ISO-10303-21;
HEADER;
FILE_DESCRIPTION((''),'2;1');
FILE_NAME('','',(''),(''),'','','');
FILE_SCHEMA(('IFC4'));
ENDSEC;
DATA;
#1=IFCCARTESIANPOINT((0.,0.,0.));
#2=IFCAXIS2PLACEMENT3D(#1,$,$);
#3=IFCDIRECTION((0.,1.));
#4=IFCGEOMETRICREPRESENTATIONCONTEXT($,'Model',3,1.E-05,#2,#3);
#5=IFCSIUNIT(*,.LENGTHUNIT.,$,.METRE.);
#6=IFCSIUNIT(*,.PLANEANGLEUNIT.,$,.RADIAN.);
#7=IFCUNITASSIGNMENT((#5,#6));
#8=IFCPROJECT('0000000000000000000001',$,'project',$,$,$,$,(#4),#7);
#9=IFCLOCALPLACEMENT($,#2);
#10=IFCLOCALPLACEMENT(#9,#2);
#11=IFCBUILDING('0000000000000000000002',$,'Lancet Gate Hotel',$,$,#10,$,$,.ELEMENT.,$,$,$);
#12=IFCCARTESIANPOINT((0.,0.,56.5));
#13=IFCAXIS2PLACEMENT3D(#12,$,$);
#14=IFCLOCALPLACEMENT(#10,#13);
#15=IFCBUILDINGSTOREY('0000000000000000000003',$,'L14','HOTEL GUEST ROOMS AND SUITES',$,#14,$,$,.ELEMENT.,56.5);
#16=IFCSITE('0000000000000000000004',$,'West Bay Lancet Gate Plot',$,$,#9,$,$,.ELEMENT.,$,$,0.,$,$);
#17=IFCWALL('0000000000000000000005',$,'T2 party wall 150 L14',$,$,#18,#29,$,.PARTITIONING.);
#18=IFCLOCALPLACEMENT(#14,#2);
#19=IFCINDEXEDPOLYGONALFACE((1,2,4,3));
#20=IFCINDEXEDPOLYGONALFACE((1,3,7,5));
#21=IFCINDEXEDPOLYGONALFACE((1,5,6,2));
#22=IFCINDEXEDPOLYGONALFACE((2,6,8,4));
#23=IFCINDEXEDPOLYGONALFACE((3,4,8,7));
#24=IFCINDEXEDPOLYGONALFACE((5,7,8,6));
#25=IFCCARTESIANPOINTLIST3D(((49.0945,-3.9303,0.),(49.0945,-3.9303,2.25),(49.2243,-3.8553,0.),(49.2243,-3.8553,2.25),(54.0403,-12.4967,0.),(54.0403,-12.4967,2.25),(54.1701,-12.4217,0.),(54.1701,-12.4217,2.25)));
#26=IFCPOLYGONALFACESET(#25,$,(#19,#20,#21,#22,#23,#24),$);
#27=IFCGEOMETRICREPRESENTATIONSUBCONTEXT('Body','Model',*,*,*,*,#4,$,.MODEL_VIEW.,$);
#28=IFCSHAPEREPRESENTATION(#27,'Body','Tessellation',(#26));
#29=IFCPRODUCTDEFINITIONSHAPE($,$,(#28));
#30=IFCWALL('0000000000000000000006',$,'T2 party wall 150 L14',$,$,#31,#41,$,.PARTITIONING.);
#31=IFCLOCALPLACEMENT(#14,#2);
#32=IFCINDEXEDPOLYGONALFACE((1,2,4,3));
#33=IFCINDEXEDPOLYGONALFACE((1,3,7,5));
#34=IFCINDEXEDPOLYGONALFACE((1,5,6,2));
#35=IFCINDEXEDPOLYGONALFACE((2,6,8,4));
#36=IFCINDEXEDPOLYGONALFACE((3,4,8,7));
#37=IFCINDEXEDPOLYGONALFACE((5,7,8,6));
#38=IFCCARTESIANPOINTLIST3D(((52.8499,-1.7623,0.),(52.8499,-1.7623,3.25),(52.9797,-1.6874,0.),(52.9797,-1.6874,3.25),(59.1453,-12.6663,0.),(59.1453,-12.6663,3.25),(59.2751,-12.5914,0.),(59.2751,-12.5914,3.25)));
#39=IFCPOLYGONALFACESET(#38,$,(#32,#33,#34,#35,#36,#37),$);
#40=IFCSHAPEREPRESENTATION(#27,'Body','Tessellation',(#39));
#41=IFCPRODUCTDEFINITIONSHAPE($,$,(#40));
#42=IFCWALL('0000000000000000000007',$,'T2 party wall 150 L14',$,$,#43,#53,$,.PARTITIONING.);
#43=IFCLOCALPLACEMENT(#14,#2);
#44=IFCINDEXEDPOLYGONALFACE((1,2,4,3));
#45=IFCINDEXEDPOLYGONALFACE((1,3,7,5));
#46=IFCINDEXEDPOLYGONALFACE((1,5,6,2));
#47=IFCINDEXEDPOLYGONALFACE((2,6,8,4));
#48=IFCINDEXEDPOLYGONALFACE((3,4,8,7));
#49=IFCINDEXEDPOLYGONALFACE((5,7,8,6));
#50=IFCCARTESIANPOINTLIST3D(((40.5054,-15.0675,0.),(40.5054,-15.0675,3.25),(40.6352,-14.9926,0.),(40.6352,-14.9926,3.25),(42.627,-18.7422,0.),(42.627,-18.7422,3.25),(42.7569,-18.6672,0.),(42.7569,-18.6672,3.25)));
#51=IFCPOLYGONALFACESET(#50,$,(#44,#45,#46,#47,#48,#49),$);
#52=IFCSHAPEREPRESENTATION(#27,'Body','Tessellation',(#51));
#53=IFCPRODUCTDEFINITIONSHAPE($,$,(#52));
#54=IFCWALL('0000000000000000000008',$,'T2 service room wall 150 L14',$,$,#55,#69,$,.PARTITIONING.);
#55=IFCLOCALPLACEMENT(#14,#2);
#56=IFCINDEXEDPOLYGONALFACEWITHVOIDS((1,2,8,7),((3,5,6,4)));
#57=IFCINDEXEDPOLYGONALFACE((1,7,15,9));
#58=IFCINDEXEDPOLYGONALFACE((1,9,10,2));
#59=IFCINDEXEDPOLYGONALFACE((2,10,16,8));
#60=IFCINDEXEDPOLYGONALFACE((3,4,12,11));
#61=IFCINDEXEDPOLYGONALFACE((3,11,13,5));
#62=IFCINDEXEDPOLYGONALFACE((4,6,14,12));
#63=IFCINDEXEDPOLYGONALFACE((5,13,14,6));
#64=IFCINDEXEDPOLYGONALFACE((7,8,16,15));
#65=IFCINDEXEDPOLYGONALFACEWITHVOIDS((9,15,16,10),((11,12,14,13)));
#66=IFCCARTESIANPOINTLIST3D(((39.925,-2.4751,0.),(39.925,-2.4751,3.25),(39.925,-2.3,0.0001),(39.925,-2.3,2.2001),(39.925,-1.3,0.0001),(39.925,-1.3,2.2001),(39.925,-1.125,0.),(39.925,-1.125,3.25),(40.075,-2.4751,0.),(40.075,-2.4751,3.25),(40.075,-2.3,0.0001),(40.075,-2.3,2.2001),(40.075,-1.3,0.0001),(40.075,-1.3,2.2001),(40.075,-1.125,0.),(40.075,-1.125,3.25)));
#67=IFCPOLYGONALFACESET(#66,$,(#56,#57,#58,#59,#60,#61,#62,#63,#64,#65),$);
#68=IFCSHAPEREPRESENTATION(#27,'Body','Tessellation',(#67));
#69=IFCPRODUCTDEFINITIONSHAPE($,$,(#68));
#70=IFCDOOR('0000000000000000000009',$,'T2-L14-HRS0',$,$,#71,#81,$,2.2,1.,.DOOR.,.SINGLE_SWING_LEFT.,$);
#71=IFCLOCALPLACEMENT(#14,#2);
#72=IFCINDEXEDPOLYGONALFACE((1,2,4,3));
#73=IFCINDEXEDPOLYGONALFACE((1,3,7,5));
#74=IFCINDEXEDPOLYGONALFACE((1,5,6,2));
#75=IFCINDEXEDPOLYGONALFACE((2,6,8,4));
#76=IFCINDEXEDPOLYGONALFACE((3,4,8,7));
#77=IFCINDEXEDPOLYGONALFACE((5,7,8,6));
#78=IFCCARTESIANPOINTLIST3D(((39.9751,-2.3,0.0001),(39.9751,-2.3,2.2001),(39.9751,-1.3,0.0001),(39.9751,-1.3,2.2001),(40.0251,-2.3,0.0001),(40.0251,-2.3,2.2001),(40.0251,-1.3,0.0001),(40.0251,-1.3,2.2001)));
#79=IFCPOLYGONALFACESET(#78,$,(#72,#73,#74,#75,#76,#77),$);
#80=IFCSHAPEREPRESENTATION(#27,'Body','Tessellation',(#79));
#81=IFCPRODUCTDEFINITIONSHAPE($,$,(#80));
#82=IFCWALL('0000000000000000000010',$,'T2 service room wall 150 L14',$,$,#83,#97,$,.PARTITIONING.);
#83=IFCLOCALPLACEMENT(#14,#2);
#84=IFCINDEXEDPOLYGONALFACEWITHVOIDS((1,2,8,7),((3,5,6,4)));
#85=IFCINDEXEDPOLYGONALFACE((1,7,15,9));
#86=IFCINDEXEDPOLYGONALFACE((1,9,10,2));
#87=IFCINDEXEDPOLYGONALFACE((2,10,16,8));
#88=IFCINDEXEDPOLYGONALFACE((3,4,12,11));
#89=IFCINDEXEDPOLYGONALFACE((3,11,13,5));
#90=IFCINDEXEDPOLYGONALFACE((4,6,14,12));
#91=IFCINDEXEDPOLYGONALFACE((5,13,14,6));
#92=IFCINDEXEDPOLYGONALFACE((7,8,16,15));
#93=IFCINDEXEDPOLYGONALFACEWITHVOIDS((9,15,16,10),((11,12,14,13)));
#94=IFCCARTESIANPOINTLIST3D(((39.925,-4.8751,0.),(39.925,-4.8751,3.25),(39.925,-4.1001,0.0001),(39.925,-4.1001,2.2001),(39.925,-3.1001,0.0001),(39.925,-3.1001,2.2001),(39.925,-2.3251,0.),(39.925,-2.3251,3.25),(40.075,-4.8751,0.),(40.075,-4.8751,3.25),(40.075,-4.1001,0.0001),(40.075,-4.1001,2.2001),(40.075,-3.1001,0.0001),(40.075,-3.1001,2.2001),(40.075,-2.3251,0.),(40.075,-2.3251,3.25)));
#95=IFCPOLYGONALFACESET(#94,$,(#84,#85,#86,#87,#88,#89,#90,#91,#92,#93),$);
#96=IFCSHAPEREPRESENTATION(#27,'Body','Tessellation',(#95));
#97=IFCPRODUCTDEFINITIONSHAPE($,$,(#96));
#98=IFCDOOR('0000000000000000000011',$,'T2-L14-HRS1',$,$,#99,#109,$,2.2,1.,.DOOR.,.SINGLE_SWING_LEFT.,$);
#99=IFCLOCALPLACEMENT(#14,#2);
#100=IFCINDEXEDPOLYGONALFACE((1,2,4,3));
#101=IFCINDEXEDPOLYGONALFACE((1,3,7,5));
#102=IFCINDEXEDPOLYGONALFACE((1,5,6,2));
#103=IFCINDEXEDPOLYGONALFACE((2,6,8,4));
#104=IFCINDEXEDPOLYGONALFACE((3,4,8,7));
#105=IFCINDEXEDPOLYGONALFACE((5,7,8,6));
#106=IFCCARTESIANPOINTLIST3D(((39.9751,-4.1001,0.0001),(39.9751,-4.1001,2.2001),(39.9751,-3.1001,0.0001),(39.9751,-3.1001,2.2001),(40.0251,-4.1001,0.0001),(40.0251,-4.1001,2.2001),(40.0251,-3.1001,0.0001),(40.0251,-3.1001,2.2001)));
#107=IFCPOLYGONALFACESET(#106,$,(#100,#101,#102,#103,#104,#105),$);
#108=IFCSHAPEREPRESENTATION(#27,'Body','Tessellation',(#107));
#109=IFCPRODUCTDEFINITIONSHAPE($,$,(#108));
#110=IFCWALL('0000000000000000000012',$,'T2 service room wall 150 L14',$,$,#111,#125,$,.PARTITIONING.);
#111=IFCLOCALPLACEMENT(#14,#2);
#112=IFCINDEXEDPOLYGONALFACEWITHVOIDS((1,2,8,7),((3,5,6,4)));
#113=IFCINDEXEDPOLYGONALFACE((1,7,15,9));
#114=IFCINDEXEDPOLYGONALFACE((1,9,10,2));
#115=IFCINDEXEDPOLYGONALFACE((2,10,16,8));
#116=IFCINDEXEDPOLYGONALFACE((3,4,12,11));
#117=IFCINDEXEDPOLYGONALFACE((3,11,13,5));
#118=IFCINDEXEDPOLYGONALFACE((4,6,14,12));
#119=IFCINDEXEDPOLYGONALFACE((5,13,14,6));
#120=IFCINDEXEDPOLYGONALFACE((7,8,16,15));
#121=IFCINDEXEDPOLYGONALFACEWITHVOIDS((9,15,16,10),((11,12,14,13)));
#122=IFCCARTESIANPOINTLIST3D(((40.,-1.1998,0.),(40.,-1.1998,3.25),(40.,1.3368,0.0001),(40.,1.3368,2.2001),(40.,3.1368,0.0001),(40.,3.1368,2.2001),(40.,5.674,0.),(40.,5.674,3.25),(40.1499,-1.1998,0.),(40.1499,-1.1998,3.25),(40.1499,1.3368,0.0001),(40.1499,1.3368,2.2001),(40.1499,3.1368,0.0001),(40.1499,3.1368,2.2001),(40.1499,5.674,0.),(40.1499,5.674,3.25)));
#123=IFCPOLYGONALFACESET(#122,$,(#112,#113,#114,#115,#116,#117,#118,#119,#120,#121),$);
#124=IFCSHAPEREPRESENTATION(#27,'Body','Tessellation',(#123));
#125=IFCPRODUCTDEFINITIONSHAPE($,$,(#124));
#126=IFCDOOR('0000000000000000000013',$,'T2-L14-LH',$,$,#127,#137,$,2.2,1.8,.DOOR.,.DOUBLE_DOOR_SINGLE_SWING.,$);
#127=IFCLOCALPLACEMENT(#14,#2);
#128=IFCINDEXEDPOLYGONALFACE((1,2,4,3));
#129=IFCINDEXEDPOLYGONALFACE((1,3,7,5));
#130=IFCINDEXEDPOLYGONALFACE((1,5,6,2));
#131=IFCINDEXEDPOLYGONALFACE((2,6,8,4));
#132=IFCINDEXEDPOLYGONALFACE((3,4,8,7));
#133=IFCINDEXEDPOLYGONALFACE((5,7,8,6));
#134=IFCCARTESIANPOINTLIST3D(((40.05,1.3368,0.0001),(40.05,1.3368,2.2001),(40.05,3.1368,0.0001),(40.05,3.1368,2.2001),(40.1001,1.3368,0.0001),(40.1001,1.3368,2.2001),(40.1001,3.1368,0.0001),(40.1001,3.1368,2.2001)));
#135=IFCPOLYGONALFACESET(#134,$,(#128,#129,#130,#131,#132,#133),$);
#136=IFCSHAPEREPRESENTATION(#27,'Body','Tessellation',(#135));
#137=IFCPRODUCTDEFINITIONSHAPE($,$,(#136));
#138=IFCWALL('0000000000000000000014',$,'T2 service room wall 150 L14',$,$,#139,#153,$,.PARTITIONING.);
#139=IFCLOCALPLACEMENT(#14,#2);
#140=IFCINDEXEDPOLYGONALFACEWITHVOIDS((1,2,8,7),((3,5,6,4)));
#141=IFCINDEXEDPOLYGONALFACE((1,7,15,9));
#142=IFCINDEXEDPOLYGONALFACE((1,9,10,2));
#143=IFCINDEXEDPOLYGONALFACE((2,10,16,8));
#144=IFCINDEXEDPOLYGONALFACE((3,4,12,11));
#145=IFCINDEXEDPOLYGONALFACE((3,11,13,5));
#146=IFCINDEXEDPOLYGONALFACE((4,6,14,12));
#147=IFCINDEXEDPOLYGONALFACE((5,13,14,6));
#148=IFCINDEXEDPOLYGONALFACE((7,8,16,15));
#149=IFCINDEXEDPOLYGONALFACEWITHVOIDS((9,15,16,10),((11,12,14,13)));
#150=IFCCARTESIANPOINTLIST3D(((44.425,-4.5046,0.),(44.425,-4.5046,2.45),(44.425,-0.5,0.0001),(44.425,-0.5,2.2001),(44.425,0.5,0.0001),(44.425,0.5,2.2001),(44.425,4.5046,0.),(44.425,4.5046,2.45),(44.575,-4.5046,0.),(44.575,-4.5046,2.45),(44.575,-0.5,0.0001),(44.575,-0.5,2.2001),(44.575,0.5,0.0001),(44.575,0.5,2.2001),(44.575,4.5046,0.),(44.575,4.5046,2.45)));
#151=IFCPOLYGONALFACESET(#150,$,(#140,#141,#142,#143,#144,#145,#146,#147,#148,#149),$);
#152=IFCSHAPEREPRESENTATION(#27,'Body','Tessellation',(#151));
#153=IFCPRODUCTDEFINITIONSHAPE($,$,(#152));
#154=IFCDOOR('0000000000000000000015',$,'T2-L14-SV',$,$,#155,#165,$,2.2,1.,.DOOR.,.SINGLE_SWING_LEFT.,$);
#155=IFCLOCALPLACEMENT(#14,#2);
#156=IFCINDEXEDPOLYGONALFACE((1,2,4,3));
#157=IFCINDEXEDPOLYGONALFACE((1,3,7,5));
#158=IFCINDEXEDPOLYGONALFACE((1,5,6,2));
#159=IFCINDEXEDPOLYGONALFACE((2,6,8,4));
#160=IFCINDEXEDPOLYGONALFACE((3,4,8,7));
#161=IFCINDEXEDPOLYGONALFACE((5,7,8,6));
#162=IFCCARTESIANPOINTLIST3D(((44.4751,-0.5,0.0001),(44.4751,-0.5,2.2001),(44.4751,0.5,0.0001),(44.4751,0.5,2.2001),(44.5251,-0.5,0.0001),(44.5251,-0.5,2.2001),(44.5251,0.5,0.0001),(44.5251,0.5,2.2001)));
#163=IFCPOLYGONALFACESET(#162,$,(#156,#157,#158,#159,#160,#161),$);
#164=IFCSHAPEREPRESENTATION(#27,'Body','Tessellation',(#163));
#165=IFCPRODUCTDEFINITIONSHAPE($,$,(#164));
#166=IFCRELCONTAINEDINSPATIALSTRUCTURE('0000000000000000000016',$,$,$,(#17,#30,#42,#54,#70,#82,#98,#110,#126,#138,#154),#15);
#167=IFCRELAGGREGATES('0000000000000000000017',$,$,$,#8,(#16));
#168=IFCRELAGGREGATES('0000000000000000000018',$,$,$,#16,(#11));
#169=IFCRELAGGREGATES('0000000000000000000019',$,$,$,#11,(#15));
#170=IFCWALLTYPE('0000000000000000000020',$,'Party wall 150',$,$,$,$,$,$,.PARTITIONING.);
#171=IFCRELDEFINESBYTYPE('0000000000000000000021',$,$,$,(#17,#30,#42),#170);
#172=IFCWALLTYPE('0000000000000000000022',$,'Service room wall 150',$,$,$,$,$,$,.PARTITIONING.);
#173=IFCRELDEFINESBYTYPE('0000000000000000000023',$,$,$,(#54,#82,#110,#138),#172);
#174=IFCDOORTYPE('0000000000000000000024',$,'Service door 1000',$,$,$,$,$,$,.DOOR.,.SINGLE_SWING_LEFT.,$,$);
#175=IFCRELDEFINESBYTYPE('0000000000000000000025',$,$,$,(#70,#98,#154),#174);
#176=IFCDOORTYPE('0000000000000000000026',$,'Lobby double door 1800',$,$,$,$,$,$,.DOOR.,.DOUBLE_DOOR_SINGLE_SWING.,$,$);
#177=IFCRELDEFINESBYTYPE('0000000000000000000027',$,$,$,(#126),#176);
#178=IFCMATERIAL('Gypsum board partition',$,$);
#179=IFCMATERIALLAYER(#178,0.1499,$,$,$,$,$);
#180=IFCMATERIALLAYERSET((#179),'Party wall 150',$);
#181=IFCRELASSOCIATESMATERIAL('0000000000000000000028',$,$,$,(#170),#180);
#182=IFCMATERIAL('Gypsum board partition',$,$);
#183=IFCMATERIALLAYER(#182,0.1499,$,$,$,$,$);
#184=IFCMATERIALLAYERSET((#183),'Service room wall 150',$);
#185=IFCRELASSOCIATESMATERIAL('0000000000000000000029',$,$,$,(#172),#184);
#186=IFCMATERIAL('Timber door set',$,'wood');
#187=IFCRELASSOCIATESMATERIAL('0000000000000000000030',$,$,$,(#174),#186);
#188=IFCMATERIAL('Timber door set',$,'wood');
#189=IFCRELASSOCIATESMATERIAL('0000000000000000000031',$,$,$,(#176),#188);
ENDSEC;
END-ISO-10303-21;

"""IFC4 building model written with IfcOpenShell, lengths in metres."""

from ifc_helpers import new_model, si_unit, direction, frame, frame_2d, origin, place, context, subcontext, project, spatial, rectangle, extrude, material, layer, layer_set, type_object, element, fill, save


model = new_model("IFC4")

# Units and contexts
model_context = context("Model", 3, precision=1e-05, world=origin(), true_north=direction((0.0, 1.0)))
body_context = subcontext(model_context, "Body", "Model", "MODEL_VIEW")
ifc_project = project(units=[si_unit("LENGTHUNIT", "METRE"), si_unit("PLANEANGLEUNIT", "RADIAN")], contexts=[model_context])

# Site, building, storey
site_placement = place(None, origin())
site = spatial("IfcSite", under=ifc_project, at=site_placement, Name="West Bay Lancet Gate Plot", CompositionType="ELEMENT", RefElevation=0.0)
building_placement = place(site_placement, origin())
building = spatial("IfcBuilding", under=site, at=building_placement, Name="Lancet Gate Hotel", CompositionType="ELEMENT")
storey_placement = place(building_placement, frame((0.0, 0.0, 56.5)))
storey = spatial("IfcBuildingStorey", under=building, at=storey_placement, Name="L14", Description="HOTEL GUEST ROOMS AND SUITES", CompositionType="ELEMENT", Elevation=56.5)

# Walls
ifc_material_1 = material(Name="Gypsum board partition")
ifc_layer_1 = layer(ifc_material_1, 0.1499)
ifc_layer_set_1 = layer_set([ifc_layer_1], Name="Party wall 150")
wall_type_1 = type_object("IfcWallType", Name="Party wall 150", PredefinedType="PARTITIONING", material=ifc_layer_set_1)
wall_1_placement = place(storey_placement, frame((49.1594, -3.8928, 0.0), z_axis=(0.0, 0.0, 1.0), x_axis=(0.499999, -0.866026, 0.0)))
element("IfcWall", 1, at=wall_1_placement, inside=storey, type_object=wall_type_1, Name="T2 party wall 150 L14", PredefinedType="PARTITIONING", context=body_context, shape_type="SweptSolid", body=[
    extrude(rectangle(XDim=9.8916, YDim=0.1499, at=frame_2d((4.9458, 0.0))), origin(), (0.0, 0.0, 1.0), 2.25),
])
wall_2_placement = place(storey_placement, frame((52.9148, -1.7249, 0.0), z_axis=(0.0, 0.0, 1.0), x_axis=(0.499997, -0.866027, 0.0)))
element("IfcWall", 2, at=wall_2_placement, inside=storey, type_object=wall_type_1, Name="T2 party wall 150 L14", PredefinedType="PARTITIONING", context=body_context, shape_type="SweptSolid", body=[
    extrude(rectangle(XDim=12.5908, YDim=0.1499, at=frame_2d((6.2954, 0.0))), origin(), (0.0, 0.0, 1.0), 3.25),
])
wall_3_placement = place(storey_placement, frame((40.5703, -15.03, 0.0), z_axis=(0.0, 0.0, 1.0), x_axis=(0.500013, -0.866018, 0.0)))
element("IfcWall", 3, at=wall_3_placement, inside=storey, type_object=wall_type_1, Name="T2 party wall 150 L14", PredefinedType="PARTITIONING", context=body_context, shape_type="SweptSolid", body=[
    extrude(rectangle(XDim=4.2432, YDim=0.1499, at=frame_2d((2.1216, 0.0))), origin(), (0.0, 0.0, 1.0), 3.25),
])

# Walls, openings, doors
ifc_material_2 = material(Name="Gypsum board partition")
ifc_layer_2 = layer(ifc_material_2, 0.1499)
ifc_layer_set_2 = layer_set([ifc_layer_2], Name="Service room wall 150")
wall_type_2 = type_object("IfcWallType", Name="Service room wall 150", PredefinedType="PARTITIONING", material=ifc_layer_set_2)
wall_4_placement = place(storey_placement, frame((40.0, -2.4751, 0.0), z_axis=(0.0, 0.0, 1.0), x_axis=(0.0, 1.0, 0.0)))
wall_4 = element("IfcWall", 4, at=wall_4_placement, inside=storey, type_object=wall_type_2, Name="T2 service room wall 150 L14", PredefinedType="PARTITIONING", context=body_context, shape_type="SweptSolid", body=[
    extrude(rectangle(XDim=1.3501, YDim=0.1499, at=frame_2d((0.675, 0.0))), origin(), (0.0, 0.0, 1.0), 3.25),
])
opening_1_placement = place(wall_4_placement, frame((0.175, 0.0, 0.0)))
opening_1 = element("IfcOpeningElement", 5, at=opening_1_placement, cuts=wall_4, PredefinedType="OPENING", context=body_context, shape_type="SweptSolid", body=[
    extrude(rectangle(XDim=1.0, YDim=2.2, at=frame_2d((0.5, 1.1001))), frame((0.0, 0.085, 0.0), z_axis=(0.0, -1.0, 0.0), x_axis=(1.0, 0.0, 0.0)), (0.0, 0.0, 1.0), 0.1699),
])
ifc_material_3 = material(Name="Timber door set", Category="wood")
door_type_1 = type_object("IfcDoorType", Name="Service door 1000", OperationType="SINGLE_SWING_LEFT", PredefinedType="DOOR", material=ifc_material_3)
door_1_placement = place(opening_1_placement, origin())
door_1 = element("IfcDoor", 6, at=door_1_placement, inside=storey, type_object=door_type_1, Name="T2-L14-HRS0", OperationType="SINGLE_SWING_LEFT", OverallHeight=2.2, OverallWidth=1.0, PredefinedType="DOOR", context=body_context, shape_type="SweptSolid", body=[
    extrude(rectangle(XDim=1.0, YDim=2.2, at=frame_2d((0.5, 1.1001))), frame((0.0, 0.0249, 0.0), z_axis=(0.0, -1.0, 0.0), x_axis=(1.0, 0.0, 0.0)), (0.0, 0.0, 1.0), 0.05),
])
fill(opening_1, door_1)
wall_5_placement = place(storey_placement, frame((40.0, -4.875, 0.0), z_axis=(0.0, 0.0, 1.0), x_axis=(0.0, 1.0, 0.0)))
wall_5 = element("IfcWall", 7, at=wall_5_placement, inside=storey, type_object=wall_type_2, Name="T2 service room wall 150 L14", PredefinedType="PARTITIONING", context=body_context, shape_type="SweptSolid", body=[
    extrude(rectangle(XDim=2.55, YDim=0.1499, at=frame_2d((1.2749, 0.0))), origin(), (0.0, 0.0, 1.0), 3.25),
])
opening_2_placement = place(wall_5_placement, frame((0.7749, 0.0, 0.0)))
opening_2 = element("IfcOpeningElement", 8, at=opening_2_placement, cuts=wall_5, PredefinedType="OPENING", context=body_context, shape_type="SweptSolid", body=[
    extrude(rectangle(XDim=1.0, YDim=2.2, at=frame_2d((0.5, 1.1001))), frame((0.0, 0.085, 0.0), z_axis=(0.0, -1.0, 0.0), x_axis=(1.0, 0.0, 0.0)), (0.0, 0.0, 1.0), 0.1699),
])
door_2_placement = place(opening_2_placement, origin())
door_2 = element("IfcDoor", 9, at=door_2_placement, inside=storey, type_object=door_type_1, Name="T2-L14-HRS1", OperationType="SINGLE_SWING_LEFT", OverallHeight=2.2, OverallWidth=1.0, PredefinedType="DOOR", context=body_context, shape_type="SweptSolid", body=[
    extrude(rectangle(XDim=1.0, YDim=2.2, at=frame_2d((0.5, 1.1001))), frame((0.0, 0.0249, 0.0), z_axis=(0.0, -1.0, 0.0), x_axis=(1.0, 0.0, 0.0)), (0.0, 0.0, 1.0), 0.05),
])
fill(opening_2, door_2)
wall_6_placement = place(storey_placement, frame((40.075, -1.2, 0.0), z_axis=(0.0, 0.0, 1.0), x_axis=(0.0, 1.0, 0.0)))
wall_6 = element("IfcWall", 10, at=wall_6_placement, inside=storey, type_object=wall_type_2, Name="T2 service room wall 150 L14", PredefinedType="PARTITIONING", context=body_context, shape_type="SweptSolid", body=[
    extrude(rectangle(XDim=6.8738, YDim=0.1499, at=frame_2d((3.437, 0.0))), origin(), (0.0, 0.0, 1.0), 3.25),
])
opening_3_placement = place(wall_6_placement, frame((2.5369, 0.0, 0.0)))
opening_3 = element("IfcOpeningElement", 11, at=opening_3_placement, cuts=wall_6, PredefinedType="OPENING", context=body_context, shape_type="SweptSolid", body=[
    extrude(rectangle(XDim=1.8, YDim=2.2, at=frame_2d((0.8999, 1.1001))), frame((0.0, 0.085, 0.0), z_axis=(0.0, -1.0, 0.0), x_axis=(1.0, 0.0, 0.0)), (0.0, 0.0, 1.0), 0.1699),
])
ifc_material_4 = material(Name="Timber door set", Category="wood")
door_type_2 = type_object("IfcDoorType", Name="Lobby double door 1800", OperationType="DOUBLE_DOOR_SINGLE_SWING", PredefinedType="DOOR", material=ifc_material_4)
door_3_placement = place(opening_3_placement, origin())
door_3 = element("IfcDoor", 12, at=door_3_placement, inside=storey, type_object=door_type_2, Name="T2-L14-LH", OperationType="DOUBLE_DOOR_SINGLE_SWING", OverallHeight=2.2, OverallWidth=1.8, PredefinedType="DOOR", context=body_context, shape_type="SweptSolid", body=[
    extrude(rectangle(XDim=1.8, YDim=2.2, at=frame_2d((0.8999, 1.1001))), frame((0.0, 0.0249, 0.0), z_axis=(0.0, -1.0, 0.0), x_axis=(1.0, 0.0, 0.0)), (0.0, 0.0, 1.0), 0.05),
])
fill(opening_3, door_3)
wall_7_placement = place(storey_placement, frame((44.5, -4.5046, 0.0), z_axis=(0.0, 0.0, 1.0), x_axis=(0.0, 1.0, 0.0)))
wall_7 = element("IfcWall", 13, at=wall_7_placement, inside=storey, type_object=wall_type_2, Name="T2 service room wall 150 L14", PredefinedType="PARTITIONING", context=body_context, shape_type="SweptSolid", body=[
    extrude(rectangle(XDim=9.0093, YDim=0.1499, at=frame_2d((4.5046, 0.0))), origin(), (0.0, 0.0, 1.0), 2.45),
])
opening_4_placement = place(wall_7_placement, frame((4.0046, 0.0, 0.0)))
opening_4 = element("IfcOpeningElement", 14, at=opening_4_placement, cuts=wall_7, PredefinedType="OPENING", context=body_context, shape_type="SweptSolid", body=[
    extrude(rectangle(XDim=1.0, YDim=2.2, at=frame_2d((0.5, 1.1001))), frame((0.0, 0.085, 0.0), z_axis=(0.0, -1.0, 0.0), x_axis=(1.0, 0.0, 0.0)), (0.0, 0.0, 1.0), 0.1699),
])
door_4_placement = place(opening_4_placement, origin())
door_4 = element("IfcDoor", 15, at=door_4_placement, inside=storey, type_object=door_type_1, Name="T2-L14-SV", OperationType="SINGLE_SWING_LEFT", OverallHeight=2.2, OverallWidth=1.0, PredefinedType="DOOR", context=body_context, shape_type="SweptSolid", body=[
    extrude(rectangle(XDim=1.0, YDim=2.2, at=frame_2d((0.5, 1.1001))), frame((0.0, 0.0249, 0.0), z_axis=(0.0, -1.0, 0.0), x_axis=(1.0, 0.0, 0.0)), (0.0, 0.0, 1.0), 0.05),
])
fill(opening_4, door_4)

save(model, "model.ifc")
